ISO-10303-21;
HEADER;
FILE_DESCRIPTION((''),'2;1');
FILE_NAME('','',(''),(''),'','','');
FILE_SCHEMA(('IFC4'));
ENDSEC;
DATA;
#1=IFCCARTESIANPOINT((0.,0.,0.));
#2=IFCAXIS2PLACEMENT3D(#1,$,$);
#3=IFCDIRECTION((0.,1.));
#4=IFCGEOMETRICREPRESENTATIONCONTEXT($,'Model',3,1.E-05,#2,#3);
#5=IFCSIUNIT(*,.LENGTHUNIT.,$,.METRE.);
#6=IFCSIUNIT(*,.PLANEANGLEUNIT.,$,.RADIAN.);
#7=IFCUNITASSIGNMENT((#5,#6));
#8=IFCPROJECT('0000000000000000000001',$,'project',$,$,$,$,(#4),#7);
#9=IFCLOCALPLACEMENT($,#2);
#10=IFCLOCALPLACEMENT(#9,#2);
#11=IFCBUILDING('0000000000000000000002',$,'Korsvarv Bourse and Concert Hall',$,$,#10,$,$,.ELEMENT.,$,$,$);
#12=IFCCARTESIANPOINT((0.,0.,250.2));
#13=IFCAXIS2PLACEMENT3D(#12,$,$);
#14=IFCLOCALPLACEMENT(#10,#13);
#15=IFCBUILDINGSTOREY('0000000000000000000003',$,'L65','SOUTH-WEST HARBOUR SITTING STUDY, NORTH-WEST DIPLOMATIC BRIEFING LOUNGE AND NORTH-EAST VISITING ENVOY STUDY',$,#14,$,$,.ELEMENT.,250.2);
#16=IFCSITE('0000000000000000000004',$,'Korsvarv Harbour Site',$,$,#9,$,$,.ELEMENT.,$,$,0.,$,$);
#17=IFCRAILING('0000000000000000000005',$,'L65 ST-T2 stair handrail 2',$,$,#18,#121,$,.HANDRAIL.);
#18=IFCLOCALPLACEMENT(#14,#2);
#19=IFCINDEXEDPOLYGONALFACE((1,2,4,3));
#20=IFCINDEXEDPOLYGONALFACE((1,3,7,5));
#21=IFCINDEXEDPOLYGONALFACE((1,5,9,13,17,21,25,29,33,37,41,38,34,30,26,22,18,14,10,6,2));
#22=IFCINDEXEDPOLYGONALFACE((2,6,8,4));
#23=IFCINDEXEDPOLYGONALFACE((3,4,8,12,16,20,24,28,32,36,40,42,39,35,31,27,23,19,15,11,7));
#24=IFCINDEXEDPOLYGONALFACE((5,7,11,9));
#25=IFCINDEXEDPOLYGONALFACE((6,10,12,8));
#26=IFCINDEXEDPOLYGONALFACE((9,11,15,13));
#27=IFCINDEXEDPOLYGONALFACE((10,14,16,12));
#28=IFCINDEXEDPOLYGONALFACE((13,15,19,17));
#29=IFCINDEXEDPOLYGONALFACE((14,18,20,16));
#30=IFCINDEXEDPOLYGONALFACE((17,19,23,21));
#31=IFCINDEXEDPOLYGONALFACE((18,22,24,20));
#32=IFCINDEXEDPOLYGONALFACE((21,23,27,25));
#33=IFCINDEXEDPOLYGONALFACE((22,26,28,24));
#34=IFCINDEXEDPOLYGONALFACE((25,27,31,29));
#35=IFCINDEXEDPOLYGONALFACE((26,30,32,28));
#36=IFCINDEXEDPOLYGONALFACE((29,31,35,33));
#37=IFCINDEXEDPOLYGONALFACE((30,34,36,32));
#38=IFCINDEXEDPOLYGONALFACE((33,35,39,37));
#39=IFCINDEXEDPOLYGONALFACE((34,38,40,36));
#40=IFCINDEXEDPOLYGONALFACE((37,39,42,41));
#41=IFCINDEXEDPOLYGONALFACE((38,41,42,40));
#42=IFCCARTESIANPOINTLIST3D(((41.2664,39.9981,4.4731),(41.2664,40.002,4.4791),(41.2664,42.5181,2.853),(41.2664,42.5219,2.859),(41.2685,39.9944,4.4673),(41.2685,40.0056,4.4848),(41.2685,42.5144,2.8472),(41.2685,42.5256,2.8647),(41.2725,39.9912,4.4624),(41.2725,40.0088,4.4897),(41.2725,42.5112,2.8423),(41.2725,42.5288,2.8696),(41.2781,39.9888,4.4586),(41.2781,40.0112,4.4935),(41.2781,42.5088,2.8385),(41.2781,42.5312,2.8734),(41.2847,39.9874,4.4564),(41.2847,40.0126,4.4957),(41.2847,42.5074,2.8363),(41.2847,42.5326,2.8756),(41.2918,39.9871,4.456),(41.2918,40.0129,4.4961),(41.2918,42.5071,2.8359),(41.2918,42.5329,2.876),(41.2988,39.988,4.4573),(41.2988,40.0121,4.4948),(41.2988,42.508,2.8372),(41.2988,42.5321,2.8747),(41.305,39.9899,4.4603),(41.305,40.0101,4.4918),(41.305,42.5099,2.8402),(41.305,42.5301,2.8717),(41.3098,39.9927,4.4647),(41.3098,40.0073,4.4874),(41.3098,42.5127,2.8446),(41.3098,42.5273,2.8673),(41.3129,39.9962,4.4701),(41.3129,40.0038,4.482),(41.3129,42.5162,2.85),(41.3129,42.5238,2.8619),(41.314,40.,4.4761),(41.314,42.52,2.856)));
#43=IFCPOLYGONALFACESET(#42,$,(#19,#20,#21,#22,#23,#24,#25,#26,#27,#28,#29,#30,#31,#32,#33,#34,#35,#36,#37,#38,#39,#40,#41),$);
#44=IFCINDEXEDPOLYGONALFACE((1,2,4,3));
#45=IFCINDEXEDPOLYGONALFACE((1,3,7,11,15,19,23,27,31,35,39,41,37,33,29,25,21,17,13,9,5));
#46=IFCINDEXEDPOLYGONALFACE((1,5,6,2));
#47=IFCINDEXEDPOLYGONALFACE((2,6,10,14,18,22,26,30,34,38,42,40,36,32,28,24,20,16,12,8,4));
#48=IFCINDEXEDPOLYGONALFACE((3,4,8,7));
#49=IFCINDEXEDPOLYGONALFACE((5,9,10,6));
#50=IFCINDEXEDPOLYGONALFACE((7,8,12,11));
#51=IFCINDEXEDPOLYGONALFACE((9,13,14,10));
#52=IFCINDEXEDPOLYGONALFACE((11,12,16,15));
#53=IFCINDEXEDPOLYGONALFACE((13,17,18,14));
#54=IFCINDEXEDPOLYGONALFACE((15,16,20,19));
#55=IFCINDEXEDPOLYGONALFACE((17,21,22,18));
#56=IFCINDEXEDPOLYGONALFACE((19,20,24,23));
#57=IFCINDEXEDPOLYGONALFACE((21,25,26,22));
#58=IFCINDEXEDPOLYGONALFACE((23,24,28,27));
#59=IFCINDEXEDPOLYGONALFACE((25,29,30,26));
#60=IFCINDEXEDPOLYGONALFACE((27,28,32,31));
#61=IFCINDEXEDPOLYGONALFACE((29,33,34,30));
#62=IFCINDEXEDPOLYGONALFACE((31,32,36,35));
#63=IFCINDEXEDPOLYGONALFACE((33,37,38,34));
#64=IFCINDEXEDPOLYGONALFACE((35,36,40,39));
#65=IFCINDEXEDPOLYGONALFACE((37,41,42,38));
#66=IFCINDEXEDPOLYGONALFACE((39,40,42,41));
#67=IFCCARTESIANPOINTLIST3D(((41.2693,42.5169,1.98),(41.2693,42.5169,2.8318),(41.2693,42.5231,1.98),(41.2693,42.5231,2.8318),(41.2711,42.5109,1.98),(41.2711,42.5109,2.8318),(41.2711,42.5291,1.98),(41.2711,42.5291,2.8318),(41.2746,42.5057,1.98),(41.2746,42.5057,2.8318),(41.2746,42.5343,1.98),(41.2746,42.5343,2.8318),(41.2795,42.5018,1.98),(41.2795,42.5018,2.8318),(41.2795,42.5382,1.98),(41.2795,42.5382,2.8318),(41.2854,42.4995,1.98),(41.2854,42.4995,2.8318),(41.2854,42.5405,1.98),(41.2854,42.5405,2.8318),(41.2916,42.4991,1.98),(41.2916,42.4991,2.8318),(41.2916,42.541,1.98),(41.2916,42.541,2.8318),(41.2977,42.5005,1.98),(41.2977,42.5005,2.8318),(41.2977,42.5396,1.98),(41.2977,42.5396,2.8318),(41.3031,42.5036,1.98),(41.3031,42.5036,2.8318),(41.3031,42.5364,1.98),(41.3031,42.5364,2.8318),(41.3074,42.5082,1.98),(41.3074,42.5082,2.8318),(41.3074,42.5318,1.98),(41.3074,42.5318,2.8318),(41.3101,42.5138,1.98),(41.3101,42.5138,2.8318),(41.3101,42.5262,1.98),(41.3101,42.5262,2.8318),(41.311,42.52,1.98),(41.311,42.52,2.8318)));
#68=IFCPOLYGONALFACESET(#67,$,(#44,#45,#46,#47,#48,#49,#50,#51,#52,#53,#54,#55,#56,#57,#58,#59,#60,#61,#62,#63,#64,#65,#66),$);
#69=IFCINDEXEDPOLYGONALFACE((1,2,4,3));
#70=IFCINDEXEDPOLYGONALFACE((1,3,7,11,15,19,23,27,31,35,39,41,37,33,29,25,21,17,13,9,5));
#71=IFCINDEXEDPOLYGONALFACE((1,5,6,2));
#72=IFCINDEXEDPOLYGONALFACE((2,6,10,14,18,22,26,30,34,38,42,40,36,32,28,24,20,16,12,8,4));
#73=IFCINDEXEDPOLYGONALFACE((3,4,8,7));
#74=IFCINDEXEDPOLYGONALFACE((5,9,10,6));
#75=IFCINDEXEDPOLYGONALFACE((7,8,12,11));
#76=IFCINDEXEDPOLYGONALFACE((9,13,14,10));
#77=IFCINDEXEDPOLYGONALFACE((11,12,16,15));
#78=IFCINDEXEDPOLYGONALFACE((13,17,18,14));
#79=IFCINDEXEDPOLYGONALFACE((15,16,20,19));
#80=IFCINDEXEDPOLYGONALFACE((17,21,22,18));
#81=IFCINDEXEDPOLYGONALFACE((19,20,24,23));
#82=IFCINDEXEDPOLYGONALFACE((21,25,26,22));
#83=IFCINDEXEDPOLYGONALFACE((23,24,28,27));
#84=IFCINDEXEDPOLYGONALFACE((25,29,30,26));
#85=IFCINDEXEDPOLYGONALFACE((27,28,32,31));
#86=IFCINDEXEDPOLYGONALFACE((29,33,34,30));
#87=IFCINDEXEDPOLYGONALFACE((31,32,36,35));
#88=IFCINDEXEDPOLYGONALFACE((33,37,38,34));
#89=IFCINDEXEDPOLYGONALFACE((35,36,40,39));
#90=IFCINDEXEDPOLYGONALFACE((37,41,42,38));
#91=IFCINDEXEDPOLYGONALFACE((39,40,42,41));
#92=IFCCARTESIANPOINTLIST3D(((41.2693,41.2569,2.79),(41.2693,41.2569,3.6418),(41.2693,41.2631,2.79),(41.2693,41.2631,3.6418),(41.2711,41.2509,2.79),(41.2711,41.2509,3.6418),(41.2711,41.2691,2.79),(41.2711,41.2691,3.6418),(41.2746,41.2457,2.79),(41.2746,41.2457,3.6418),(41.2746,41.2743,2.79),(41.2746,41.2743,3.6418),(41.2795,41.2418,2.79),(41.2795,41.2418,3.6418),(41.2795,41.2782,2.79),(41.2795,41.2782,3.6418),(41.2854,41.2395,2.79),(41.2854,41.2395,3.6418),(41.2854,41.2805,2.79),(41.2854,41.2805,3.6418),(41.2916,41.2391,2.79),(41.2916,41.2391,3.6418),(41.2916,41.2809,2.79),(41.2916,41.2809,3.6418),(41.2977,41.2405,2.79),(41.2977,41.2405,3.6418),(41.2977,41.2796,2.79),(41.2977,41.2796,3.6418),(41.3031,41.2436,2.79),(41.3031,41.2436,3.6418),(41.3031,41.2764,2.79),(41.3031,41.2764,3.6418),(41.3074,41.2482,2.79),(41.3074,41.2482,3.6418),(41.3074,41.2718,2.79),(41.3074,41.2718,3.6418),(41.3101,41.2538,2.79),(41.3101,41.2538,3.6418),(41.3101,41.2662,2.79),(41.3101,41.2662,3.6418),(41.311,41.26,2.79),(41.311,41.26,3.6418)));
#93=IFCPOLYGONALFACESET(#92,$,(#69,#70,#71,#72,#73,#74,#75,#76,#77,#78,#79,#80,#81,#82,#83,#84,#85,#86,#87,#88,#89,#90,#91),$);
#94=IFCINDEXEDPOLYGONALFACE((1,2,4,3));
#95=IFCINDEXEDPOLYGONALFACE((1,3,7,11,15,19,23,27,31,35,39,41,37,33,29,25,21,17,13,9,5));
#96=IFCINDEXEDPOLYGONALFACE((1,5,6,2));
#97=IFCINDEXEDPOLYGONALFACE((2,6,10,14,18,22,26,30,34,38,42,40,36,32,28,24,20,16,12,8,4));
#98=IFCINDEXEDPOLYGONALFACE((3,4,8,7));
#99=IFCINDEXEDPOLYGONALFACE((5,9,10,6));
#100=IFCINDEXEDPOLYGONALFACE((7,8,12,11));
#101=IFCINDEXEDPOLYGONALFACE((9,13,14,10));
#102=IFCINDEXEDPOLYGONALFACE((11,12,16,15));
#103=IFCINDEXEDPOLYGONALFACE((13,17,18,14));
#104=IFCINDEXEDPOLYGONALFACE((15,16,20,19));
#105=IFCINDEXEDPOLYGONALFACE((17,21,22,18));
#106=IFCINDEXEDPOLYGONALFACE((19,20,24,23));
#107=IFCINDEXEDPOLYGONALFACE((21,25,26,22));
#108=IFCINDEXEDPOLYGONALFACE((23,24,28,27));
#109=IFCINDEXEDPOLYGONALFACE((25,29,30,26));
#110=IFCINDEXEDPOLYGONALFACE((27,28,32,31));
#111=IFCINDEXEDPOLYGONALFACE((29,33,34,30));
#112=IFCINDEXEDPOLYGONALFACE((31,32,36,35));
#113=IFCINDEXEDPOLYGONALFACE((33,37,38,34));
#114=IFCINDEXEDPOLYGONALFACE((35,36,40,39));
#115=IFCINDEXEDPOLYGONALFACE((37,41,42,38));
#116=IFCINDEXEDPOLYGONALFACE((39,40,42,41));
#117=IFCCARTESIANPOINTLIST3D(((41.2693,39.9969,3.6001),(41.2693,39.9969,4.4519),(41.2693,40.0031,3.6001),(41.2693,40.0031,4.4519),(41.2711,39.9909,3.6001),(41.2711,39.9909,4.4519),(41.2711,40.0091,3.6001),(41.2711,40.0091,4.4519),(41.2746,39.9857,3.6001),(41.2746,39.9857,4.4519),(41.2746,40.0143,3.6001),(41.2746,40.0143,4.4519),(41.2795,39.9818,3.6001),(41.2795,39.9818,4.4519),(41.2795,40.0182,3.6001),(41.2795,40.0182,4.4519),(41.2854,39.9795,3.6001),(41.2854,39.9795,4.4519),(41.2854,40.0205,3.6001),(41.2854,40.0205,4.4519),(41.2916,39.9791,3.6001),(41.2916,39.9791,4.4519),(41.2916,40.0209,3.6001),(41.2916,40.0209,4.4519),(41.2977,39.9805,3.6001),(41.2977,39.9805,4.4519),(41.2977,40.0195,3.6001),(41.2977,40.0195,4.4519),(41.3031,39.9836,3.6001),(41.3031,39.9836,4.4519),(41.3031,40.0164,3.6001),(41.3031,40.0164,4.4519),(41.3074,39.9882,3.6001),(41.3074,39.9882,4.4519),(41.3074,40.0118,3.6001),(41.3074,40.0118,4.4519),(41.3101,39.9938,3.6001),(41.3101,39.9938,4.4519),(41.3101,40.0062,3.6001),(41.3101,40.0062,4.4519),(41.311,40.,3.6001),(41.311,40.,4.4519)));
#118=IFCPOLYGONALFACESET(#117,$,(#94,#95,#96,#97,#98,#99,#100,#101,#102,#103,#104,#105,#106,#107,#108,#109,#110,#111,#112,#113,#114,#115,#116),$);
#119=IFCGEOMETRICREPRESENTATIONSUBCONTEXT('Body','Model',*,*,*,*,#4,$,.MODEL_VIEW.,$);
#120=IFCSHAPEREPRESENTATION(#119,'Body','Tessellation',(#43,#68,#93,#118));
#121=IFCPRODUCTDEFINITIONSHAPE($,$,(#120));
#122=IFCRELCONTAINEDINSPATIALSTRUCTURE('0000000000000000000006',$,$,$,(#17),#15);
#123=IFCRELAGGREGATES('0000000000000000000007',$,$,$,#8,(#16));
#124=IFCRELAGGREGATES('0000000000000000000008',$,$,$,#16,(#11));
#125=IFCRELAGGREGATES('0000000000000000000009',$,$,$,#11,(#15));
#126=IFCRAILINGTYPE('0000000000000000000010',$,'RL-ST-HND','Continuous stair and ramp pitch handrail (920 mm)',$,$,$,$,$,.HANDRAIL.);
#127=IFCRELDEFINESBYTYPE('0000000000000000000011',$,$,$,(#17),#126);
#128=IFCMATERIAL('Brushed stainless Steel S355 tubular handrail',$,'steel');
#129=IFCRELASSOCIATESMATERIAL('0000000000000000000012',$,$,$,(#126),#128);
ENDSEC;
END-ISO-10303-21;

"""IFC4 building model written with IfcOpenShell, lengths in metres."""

from ifc_helpers import new_model, si_unit, direction, frame, origin, origin_2d, place, context, subcontext, project, spatial, circle, extrude, material, type_object, element, save


model = new_model("IFC4")

# Units and contexts
model_context = context("Model", 3, precision=1e-05, world=origin(), true_north=direction((0.0, 1.0)))
body_context = subcontext(model_context, "Body", "Model", "MODEL_VIEW")
ifc_project = project(units=[si_unit("LENGTHUNIT", "METRE"), si_unit("PLANEANGLEUNIT", "RADIAN")], contexts=[model_context])

# Site, building, storey
site_placement = place(None, origin())
site = spatial("IfcSite", under=ifc_project, at=site_placement, Name="Korsvarv Harbour Site", CompositionType="ELEMENT", RefElevation=0.0)
building_placement = place(site_placement, origin())
building = spatial("IfcBuilding", under=site, at=building_placement, Name="Korsvarv Bourse and Concert Hall", CompositionType="ELEMENT")
storey_placement = place(building_placement, frame((0.0, 0.0, 250.2)))
storey = spatial("IfcBuildingStorey", under=building, at=storey_placement, Name="L65", Description="SOUTH-WEST HARBOUR SITTING STUDY, NORTH-WEST DIPLOMATIC BRIEFING LOUNGE AND NORTH-EAST VISITING ENVOY STUDY", CompositionType="ELEMENT", Elevation=250.2)

# Railing
ifc_material_1 = material(Name="Brushed stainless Steel S355 tubular handrail", Category="steel")
railing_type = type_object("IfcRailingType", Name="RL-ST-HND", Description="Continuous stair and ramp pitch handrail (920 mm)", PredefinedType="HANDRAIL", material=ifc_material_1)
railing_placement = place(storey_placement, frame((41.29, 42.52, 1.98)))
element("IfcRailing", 1, at=railing_placement, inside=storey, type_object=railing_type, Name="L65 ST-T2 stair handrail 2", PredefinedType="HANDRAIL", context=body_context, shape_type="SweptSolid", body=[
    extrude(circle(Radius=0.0239, at=origin_2d()), frame((0.0, 0.0, 0.876), z_axis=(0.0, -0.841163, 0.540782), x_axis=(1.0, 0.0, 0.0)), (0.0, 0.0, 1.0), 2.9958),
    extrude(circle(Radius=0.021, at=origin_2d()), origin(), (0.0, 0.0, 1.0), 0.8518),
    extrude(circle(Radius=0.021, at=origin_2d()), frame((0.0, -1.26, 0.8101)), (0.0, 0.0, 1.0), 0.8518),
    extrude(circle(Radius=0.021, at=origin_2d()), frame((0.0, -2.52, 1.6201)), (0.0, 0.0, 1.0), 0.8518),
])

save(model, "model.ifc")
